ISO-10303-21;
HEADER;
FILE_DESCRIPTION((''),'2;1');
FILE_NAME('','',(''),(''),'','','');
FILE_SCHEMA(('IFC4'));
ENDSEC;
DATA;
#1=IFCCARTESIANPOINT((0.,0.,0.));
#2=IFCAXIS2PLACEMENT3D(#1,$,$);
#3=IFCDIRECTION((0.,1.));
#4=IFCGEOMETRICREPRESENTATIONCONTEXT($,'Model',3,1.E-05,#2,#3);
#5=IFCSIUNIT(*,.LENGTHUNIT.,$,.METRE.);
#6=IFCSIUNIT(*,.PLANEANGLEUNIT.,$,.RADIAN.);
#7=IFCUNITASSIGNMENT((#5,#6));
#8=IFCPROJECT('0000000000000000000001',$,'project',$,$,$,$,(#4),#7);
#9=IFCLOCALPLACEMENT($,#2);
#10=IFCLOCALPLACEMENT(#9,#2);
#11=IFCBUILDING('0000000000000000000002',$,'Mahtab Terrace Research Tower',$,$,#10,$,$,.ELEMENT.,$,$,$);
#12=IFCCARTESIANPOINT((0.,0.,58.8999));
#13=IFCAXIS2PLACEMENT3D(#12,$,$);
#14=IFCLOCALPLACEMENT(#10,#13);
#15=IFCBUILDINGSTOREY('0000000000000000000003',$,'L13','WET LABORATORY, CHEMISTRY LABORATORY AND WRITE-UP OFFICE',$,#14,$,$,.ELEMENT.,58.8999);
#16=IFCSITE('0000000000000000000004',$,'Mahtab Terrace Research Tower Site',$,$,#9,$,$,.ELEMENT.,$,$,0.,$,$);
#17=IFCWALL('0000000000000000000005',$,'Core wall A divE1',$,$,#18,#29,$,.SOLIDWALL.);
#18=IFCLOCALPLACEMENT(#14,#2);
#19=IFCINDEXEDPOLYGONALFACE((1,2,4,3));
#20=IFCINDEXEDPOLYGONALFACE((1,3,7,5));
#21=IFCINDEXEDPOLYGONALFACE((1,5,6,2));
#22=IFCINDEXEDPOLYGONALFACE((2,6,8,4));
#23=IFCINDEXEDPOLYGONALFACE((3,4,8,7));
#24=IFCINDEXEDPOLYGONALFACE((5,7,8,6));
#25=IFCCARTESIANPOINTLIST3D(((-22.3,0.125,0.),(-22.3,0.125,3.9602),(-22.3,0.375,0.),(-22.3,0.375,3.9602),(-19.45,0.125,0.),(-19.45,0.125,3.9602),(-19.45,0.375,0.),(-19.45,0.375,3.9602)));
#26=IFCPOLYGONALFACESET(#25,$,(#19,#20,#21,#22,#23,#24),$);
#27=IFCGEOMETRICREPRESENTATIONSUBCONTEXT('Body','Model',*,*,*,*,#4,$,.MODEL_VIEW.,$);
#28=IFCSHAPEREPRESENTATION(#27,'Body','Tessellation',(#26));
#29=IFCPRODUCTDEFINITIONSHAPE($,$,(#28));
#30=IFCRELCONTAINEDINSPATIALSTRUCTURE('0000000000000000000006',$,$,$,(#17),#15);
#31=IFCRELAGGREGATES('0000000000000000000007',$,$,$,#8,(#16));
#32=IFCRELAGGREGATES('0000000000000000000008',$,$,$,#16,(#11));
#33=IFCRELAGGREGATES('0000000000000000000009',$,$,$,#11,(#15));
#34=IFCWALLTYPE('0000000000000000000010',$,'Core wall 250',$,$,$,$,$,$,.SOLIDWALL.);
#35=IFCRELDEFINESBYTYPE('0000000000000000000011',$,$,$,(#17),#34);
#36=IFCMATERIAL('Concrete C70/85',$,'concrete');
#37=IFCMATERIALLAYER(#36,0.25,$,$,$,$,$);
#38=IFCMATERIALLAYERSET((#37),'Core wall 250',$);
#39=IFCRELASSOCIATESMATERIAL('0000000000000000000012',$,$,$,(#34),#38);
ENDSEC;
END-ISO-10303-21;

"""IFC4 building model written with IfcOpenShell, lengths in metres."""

from ifc_helpers import new_model, si_unit, direction, frame, frame_2d, origin, place, context, subcontext, project, spatial, rectangle, extrude, material, layer, layer_set, type_object, element, save


model = new_model("IFC4")

# Units and contexts
model_context = context("Model", 3, precision=1e-05, world=origin(), true_north=direction((0.0, 1.0)))
body_context = subcontext(model_context, "Body", "Model", "MODEL_VIEW")
ifc_project = project(units=[si_unit("LENGTHUNIT", "METRE"), si_unit("PLANEANGLEUNIT", "RADIAN")], contexts=[model_context])

# Site, building, storey
site_placement = place(None, origin())
site = spatial("IfcSite", under=ifc_project, at=site_placement, Name="Mahtab Terrace Research Tower Site", CompositionType="ELEMENT", RefElevation=0.0)
building_placement = place(site_placement, origin())
building = spatial("IfcBuilding", under=site, at=building_placement, Name="Mahtab Terrace Research Tower", CompositionType="ELEMENT")
storey_placement = place(building_placement, frame((0.0, 0.0, 58.8999)))
storey = spatial("IfcBuildingStorey", under=building, at=storey_placement, Name="L13", Description="WET LABORATORY, CHEMISTRY LABORATORY AND WRITE-UP OFFICE", CompositionType="ELEMENT", Elevation=58.8999)

# Shared definitions
ifc_material_1 = material(Name="Concrete C70/85", Category="concrete")

# Shared definitions
ifc_layer_1 = layer(ifc_material_1, 0.25)
ifc_layer_set_1 = layer_set([ifc_layer_1], Name="Core wall 250")
wall_type_1 = type_object("IfcWallType", Name="Core wall 250", PredefinedType="SOLIDWALL", material=ifc_layer_set_1)

# Wall
for number, where, z_axis, x_axis, name in (
    (1, (-22.3, 0.25, 0.0), (0.0, 0.0, 1.0), (1.0, 0.0, 0.0), "Core wall A divE1"),
):
    element("IfcWall", number, at=place(storey_placement, frame(where, z_axis=z_axis, x_axis=x_axis)), inside=storey, type_object=wall_type_1, Name=name, PredefinedType="SOLIDWALL", context=body_context, shape_type="SweptSolid", body=[
        extrude(rectangle(XDim=2.8501, YDim=0.25, at=frame_2d((1.425, 0.0))), origin(), (0.0, 0.0, 1.0), 3.9602),
    ])

save(model, "model.ifc")
